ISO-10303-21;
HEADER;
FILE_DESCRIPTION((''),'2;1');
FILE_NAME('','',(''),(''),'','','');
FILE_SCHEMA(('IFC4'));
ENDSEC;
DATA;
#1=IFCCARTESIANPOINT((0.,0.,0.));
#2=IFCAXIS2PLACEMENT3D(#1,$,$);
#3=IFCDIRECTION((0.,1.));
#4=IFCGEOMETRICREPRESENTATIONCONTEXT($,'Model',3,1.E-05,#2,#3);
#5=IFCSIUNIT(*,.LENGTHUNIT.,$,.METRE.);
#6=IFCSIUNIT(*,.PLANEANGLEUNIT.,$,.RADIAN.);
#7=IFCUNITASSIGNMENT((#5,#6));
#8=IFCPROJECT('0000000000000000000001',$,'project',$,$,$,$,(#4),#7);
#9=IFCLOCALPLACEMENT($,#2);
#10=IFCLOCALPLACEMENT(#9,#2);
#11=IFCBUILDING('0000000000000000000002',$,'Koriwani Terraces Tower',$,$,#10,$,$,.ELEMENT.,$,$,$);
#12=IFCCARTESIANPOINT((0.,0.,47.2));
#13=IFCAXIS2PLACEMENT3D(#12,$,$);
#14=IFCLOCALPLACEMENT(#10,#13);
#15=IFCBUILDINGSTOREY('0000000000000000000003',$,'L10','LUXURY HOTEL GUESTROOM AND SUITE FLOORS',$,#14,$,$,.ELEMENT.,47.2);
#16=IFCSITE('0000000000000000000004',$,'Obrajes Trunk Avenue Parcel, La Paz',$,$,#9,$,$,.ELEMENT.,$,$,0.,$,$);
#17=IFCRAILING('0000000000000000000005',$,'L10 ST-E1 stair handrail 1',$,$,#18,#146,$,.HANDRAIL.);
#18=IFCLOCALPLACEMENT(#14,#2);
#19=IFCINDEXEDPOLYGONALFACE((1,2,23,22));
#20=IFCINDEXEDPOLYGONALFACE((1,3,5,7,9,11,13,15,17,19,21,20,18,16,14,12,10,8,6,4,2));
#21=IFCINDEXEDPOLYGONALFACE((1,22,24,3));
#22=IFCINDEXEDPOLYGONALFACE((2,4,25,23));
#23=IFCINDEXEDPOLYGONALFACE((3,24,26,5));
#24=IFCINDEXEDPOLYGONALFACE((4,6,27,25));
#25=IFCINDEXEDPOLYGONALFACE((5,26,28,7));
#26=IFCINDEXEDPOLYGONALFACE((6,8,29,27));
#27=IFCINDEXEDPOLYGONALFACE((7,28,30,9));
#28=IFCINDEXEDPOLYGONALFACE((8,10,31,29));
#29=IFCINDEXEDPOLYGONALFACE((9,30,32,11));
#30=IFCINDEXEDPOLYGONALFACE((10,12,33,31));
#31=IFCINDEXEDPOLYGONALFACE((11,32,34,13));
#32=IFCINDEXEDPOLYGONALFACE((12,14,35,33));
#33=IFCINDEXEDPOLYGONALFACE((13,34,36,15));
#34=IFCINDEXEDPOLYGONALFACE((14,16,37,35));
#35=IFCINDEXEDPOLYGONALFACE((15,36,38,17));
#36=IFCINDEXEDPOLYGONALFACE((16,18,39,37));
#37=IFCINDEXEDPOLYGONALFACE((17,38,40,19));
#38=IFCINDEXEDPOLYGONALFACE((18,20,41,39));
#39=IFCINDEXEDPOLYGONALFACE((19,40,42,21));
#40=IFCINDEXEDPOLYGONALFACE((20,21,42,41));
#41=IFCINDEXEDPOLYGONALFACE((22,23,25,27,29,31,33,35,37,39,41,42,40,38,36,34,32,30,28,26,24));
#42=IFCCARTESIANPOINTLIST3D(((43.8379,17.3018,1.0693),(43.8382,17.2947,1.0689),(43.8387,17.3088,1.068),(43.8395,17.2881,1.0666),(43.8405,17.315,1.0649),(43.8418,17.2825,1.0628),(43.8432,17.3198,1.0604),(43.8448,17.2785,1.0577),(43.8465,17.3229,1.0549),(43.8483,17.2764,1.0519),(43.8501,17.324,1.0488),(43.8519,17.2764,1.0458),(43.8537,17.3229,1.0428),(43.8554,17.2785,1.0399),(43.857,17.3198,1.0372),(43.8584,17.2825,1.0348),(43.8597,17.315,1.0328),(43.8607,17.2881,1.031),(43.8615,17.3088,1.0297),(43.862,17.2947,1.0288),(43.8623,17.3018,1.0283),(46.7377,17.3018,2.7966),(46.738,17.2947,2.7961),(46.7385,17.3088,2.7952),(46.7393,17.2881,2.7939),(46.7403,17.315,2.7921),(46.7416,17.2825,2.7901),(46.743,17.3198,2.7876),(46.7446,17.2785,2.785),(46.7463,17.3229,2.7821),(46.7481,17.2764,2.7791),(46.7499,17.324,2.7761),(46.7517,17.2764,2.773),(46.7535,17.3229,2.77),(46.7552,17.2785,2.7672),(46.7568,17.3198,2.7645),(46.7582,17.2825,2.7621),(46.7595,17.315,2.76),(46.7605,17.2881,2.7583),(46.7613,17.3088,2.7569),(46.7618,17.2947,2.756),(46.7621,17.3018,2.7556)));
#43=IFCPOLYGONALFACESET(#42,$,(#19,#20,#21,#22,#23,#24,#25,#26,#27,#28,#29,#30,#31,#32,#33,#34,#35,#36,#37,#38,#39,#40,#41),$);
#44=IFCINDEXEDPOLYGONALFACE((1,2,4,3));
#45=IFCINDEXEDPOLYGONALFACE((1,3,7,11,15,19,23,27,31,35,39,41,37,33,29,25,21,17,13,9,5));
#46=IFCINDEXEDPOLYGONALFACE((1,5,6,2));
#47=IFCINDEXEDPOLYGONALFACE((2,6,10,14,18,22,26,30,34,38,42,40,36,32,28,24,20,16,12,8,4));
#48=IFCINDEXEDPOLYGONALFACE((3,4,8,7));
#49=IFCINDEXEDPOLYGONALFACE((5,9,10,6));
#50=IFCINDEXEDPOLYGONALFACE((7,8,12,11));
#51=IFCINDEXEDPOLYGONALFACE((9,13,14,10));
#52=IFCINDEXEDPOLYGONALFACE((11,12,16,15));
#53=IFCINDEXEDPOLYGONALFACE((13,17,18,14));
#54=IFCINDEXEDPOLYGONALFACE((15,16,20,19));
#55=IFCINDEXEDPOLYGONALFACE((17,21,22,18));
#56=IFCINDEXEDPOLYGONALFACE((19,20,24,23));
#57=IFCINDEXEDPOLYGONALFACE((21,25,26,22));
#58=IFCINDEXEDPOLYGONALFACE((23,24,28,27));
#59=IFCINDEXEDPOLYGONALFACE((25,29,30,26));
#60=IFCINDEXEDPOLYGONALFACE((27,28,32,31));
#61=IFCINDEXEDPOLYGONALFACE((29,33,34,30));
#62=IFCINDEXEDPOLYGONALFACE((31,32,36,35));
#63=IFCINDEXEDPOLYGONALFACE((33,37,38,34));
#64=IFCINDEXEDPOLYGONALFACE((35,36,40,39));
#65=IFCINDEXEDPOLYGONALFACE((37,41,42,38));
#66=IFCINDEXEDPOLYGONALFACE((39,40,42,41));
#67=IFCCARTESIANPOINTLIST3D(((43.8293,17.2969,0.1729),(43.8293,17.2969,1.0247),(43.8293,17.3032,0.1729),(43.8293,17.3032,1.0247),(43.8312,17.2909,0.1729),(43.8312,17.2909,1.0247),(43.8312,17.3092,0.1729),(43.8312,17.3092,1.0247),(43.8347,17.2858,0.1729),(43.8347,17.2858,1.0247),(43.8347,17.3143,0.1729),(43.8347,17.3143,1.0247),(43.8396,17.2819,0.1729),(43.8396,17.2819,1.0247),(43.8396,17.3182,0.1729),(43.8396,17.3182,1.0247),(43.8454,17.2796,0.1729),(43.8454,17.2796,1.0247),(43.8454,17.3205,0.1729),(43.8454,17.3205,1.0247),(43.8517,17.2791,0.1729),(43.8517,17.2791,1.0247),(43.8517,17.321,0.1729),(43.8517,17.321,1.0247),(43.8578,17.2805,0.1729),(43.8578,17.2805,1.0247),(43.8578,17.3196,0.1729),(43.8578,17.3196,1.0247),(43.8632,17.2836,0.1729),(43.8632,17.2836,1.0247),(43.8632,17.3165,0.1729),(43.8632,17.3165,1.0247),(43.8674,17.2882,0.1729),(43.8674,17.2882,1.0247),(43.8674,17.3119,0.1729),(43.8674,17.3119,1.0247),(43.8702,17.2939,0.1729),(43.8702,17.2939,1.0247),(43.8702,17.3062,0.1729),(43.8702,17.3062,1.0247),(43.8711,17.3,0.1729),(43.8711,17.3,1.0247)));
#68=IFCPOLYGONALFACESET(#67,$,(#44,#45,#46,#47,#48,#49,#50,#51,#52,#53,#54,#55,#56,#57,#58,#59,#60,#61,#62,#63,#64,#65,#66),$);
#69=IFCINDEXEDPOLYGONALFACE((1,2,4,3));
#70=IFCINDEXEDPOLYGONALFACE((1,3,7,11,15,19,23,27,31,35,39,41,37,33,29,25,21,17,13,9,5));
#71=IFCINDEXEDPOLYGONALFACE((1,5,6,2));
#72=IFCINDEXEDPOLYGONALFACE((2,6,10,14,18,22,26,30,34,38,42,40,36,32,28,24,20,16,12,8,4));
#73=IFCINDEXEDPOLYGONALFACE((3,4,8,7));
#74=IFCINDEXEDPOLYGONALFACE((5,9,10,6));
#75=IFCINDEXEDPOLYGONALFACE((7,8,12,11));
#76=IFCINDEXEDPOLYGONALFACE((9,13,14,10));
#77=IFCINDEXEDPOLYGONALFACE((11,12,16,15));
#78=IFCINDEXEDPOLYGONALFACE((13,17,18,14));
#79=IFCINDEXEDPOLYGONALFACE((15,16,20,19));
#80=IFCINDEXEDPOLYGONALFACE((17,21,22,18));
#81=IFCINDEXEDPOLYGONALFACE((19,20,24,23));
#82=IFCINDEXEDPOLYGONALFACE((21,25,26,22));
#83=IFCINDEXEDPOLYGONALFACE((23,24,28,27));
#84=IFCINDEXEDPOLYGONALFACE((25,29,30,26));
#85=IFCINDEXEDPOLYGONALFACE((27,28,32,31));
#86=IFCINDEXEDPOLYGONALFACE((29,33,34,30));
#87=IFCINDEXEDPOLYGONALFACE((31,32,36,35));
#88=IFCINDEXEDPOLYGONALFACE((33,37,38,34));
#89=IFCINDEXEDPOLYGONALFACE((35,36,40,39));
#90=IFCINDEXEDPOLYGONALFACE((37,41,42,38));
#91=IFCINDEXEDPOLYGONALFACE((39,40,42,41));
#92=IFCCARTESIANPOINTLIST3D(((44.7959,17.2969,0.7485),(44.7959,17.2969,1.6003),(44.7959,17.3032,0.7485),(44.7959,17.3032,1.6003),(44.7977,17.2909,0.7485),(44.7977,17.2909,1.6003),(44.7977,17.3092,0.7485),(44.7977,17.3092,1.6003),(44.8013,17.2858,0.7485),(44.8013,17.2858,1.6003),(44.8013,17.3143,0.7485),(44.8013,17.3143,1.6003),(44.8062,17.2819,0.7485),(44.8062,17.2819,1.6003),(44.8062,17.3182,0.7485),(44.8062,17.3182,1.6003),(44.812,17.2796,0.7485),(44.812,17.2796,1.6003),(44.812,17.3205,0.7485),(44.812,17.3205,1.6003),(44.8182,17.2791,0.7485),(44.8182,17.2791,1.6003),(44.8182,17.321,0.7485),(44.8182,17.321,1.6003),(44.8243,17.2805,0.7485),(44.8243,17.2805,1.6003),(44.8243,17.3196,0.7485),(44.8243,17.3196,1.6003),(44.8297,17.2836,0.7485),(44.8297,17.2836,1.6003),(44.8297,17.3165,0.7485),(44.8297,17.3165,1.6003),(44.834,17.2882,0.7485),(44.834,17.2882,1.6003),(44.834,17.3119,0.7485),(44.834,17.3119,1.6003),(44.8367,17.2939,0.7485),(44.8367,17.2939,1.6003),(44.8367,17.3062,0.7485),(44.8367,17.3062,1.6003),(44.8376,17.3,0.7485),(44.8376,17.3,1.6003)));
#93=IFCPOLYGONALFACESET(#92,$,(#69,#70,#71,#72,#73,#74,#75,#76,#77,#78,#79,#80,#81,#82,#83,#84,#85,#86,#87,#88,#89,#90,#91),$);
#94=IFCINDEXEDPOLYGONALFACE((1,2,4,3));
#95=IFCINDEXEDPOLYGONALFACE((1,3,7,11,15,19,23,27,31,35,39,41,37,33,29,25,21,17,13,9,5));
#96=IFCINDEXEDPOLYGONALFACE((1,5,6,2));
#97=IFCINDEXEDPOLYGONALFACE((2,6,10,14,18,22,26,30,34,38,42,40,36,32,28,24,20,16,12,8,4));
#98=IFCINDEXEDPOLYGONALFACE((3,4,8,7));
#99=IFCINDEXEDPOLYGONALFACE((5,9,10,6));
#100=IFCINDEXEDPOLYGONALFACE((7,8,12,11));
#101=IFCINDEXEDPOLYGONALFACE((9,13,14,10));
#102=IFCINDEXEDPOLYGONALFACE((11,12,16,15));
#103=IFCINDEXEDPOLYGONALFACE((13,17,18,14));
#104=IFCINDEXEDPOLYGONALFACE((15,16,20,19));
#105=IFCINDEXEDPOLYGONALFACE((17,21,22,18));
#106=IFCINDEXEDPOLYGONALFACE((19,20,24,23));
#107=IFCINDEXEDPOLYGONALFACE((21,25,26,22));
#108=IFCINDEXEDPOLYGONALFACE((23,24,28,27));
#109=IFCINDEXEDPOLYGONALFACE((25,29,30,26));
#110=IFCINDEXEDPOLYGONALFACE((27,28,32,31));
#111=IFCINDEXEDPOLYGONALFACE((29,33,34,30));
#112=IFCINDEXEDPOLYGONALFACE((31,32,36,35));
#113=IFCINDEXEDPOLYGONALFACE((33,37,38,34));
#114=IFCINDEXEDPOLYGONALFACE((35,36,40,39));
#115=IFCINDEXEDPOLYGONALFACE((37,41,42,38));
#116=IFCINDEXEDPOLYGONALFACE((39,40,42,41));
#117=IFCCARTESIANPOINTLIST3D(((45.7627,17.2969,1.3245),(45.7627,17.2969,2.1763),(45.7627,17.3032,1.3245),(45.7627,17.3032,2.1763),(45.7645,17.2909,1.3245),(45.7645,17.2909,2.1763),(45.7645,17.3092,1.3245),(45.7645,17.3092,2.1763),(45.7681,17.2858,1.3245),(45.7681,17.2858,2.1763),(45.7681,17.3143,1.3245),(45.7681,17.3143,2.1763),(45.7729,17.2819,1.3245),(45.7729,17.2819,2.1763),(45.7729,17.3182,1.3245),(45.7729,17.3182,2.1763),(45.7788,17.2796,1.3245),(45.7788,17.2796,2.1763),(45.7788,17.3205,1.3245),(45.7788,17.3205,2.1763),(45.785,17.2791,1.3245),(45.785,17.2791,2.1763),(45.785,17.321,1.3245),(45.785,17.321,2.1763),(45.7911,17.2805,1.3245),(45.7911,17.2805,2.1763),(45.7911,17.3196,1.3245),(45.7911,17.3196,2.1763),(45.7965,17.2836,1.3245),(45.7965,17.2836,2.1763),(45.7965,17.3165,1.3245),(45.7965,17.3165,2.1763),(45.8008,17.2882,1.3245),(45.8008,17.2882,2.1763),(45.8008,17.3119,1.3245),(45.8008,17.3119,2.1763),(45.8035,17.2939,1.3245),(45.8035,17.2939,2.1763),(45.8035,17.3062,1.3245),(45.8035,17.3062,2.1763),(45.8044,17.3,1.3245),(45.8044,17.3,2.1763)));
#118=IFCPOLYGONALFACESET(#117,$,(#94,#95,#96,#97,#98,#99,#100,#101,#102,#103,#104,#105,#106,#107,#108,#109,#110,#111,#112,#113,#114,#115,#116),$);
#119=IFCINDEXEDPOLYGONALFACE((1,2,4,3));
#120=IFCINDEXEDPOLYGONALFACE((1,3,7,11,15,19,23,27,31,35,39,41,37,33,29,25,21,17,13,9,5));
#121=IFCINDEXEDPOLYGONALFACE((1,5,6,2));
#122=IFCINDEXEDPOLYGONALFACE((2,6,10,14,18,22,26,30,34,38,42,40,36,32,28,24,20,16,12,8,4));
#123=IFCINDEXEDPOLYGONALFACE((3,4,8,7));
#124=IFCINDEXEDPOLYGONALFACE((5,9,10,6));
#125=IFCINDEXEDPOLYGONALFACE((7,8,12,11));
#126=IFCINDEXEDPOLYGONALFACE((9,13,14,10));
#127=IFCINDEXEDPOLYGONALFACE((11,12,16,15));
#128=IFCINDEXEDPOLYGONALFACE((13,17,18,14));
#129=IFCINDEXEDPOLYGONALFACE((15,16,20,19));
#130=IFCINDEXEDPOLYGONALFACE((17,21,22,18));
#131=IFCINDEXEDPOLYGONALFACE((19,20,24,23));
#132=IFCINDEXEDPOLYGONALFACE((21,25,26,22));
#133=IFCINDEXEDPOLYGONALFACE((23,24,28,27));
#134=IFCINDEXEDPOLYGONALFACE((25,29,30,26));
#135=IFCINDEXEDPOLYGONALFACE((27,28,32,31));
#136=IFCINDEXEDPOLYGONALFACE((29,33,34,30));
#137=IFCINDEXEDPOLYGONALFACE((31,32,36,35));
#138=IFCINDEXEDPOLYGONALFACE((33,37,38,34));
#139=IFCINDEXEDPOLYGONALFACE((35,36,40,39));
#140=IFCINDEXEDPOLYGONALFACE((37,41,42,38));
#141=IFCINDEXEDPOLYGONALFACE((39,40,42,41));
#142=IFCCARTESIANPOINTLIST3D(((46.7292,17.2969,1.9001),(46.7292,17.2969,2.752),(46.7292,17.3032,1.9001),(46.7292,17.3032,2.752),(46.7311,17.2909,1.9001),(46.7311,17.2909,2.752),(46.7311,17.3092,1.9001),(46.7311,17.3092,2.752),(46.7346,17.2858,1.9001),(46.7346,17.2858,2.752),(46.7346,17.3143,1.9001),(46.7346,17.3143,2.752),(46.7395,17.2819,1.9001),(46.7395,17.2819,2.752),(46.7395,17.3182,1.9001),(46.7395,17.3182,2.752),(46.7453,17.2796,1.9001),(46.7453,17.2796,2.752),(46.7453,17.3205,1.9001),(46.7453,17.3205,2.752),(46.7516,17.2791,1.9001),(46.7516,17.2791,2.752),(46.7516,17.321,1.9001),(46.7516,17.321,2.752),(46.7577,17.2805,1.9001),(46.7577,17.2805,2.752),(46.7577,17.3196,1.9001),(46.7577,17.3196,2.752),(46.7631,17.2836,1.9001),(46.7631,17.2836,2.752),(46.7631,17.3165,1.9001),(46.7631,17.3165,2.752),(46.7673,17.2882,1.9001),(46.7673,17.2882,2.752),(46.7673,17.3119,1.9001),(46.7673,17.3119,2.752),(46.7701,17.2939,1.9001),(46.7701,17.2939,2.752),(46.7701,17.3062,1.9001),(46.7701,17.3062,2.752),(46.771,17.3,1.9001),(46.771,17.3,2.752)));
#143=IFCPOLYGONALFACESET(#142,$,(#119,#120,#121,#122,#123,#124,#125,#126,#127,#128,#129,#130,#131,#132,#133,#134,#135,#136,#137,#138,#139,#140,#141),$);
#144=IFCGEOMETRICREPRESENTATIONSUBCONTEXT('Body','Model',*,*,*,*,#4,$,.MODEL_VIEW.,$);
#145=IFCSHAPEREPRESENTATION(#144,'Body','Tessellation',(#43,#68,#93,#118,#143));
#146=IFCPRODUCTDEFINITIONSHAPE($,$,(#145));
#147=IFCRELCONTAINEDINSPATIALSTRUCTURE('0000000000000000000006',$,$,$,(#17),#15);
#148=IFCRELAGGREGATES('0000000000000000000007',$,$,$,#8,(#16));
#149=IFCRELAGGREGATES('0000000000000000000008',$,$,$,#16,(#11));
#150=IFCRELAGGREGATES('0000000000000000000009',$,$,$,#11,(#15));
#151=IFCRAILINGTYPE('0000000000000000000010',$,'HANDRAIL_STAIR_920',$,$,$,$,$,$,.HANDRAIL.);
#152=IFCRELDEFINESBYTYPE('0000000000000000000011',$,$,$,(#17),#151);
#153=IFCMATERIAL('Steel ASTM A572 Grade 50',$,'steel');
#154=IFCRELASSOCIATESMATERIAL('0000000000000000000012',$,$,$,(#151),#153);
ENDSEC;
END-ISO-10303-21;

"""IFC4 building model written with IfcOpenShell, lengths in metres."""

from ifc_helpers import new_model, si_unit, direction, frame, origin, origin_2d, place, context, subcontext, project, spatial, circle, extrude, material, type_object, element, save


model = new_model("IFC4")

# Units and contexts
model_context = context("Model", 3, precision=1e-05, world=origin(), true_north=direction((0.0, 1.0)))
body_context = subcontext(model_context, "Body", "Model", "MODEL_VIEW")
ifc_project = project(units=[si_unit("LENGTHUNIT", "METRE"), si_unit("PLANEANGLEUNIT", "RADIAN")], contexts=[model_context])

# Site, building, storey
site_placement = place(None, origin())
site = spatial("IfcSite", under=ifc_project, at=site_placement, Name="Obrajes Trunk Avenue Parcel, La Paz", CompositionType="ELEMENT", RefElevation=0.0)
building_placement = place(site_placement, origin())
building = spatial("IfcBuilding", under=site, at=building_placement, Name="Koriwani Terraces Tower", CompositionType="ELEMENT")
storey_placement = place(building_placement, frame((0.0, 0.0, 47.2)))
storey = spatial("IfcBuildingStorey", under=building, at=storey_placement, Name="L10", Description="LUXURY HOTEL GUESTROOM AND SUITE FLOORS", CompositionType="ELEMENT", Elevation=47.2)

# Shared definitions
ifc_material_1 = material(Name="Steel ASTM A572 Grade 50", Category="steel")

# Railing
railing_type_1 = type_object("IfcRailingType", Name="HANDRAIL_STAIR_920", PredefinedType="HANDRAIL", material=ifc_material_1)
railing_1_placement = place(storey_placement, frame((43.8501, 17.3, 0.1729)))
element("IfcRailing", 1, at=railing_1_placement, inside=storey, type_object=railing_type_1, Name="L10 ST-E1 stair handrail 1", PredefinedType="HANDRAIL", context=body_context, shape_type="SweptSolid", body=[
    extrude(circle(Radius=0.0239, at=origin_2d()), frame((0.0, 0.0, 0.876), z_axis=(0.859141, 0.0, 0.511738), x_axis=(0.0, 1.0, 0.0)), (0.0, 0.0, 1.0), 3.3752),
    extrude(circle(Radius=0.021, at=origin_2d()), origin(), (0.0, 0.0, 1.0), 0.8518),
    extrude(circle(Radius=0.021, at=origin_2d()), frame((0.9666, 0.0, 0.5757)), (0.0, 0.0, 1.0), 0.8518),
    extrude(circle(Radius=0.021, at=origin_2d()), frame((1.9333, 0.0, 1.1516)), (0.0, 0.0, 1.0), 0.8518),
    extrude(circle(Radius=0.021, at=origin_2d()), frame((2.8999, 0.0, 1.7273)), (0.0, 0.0, 1.0), 0.8518),
])

save(model, "model.ifc")
